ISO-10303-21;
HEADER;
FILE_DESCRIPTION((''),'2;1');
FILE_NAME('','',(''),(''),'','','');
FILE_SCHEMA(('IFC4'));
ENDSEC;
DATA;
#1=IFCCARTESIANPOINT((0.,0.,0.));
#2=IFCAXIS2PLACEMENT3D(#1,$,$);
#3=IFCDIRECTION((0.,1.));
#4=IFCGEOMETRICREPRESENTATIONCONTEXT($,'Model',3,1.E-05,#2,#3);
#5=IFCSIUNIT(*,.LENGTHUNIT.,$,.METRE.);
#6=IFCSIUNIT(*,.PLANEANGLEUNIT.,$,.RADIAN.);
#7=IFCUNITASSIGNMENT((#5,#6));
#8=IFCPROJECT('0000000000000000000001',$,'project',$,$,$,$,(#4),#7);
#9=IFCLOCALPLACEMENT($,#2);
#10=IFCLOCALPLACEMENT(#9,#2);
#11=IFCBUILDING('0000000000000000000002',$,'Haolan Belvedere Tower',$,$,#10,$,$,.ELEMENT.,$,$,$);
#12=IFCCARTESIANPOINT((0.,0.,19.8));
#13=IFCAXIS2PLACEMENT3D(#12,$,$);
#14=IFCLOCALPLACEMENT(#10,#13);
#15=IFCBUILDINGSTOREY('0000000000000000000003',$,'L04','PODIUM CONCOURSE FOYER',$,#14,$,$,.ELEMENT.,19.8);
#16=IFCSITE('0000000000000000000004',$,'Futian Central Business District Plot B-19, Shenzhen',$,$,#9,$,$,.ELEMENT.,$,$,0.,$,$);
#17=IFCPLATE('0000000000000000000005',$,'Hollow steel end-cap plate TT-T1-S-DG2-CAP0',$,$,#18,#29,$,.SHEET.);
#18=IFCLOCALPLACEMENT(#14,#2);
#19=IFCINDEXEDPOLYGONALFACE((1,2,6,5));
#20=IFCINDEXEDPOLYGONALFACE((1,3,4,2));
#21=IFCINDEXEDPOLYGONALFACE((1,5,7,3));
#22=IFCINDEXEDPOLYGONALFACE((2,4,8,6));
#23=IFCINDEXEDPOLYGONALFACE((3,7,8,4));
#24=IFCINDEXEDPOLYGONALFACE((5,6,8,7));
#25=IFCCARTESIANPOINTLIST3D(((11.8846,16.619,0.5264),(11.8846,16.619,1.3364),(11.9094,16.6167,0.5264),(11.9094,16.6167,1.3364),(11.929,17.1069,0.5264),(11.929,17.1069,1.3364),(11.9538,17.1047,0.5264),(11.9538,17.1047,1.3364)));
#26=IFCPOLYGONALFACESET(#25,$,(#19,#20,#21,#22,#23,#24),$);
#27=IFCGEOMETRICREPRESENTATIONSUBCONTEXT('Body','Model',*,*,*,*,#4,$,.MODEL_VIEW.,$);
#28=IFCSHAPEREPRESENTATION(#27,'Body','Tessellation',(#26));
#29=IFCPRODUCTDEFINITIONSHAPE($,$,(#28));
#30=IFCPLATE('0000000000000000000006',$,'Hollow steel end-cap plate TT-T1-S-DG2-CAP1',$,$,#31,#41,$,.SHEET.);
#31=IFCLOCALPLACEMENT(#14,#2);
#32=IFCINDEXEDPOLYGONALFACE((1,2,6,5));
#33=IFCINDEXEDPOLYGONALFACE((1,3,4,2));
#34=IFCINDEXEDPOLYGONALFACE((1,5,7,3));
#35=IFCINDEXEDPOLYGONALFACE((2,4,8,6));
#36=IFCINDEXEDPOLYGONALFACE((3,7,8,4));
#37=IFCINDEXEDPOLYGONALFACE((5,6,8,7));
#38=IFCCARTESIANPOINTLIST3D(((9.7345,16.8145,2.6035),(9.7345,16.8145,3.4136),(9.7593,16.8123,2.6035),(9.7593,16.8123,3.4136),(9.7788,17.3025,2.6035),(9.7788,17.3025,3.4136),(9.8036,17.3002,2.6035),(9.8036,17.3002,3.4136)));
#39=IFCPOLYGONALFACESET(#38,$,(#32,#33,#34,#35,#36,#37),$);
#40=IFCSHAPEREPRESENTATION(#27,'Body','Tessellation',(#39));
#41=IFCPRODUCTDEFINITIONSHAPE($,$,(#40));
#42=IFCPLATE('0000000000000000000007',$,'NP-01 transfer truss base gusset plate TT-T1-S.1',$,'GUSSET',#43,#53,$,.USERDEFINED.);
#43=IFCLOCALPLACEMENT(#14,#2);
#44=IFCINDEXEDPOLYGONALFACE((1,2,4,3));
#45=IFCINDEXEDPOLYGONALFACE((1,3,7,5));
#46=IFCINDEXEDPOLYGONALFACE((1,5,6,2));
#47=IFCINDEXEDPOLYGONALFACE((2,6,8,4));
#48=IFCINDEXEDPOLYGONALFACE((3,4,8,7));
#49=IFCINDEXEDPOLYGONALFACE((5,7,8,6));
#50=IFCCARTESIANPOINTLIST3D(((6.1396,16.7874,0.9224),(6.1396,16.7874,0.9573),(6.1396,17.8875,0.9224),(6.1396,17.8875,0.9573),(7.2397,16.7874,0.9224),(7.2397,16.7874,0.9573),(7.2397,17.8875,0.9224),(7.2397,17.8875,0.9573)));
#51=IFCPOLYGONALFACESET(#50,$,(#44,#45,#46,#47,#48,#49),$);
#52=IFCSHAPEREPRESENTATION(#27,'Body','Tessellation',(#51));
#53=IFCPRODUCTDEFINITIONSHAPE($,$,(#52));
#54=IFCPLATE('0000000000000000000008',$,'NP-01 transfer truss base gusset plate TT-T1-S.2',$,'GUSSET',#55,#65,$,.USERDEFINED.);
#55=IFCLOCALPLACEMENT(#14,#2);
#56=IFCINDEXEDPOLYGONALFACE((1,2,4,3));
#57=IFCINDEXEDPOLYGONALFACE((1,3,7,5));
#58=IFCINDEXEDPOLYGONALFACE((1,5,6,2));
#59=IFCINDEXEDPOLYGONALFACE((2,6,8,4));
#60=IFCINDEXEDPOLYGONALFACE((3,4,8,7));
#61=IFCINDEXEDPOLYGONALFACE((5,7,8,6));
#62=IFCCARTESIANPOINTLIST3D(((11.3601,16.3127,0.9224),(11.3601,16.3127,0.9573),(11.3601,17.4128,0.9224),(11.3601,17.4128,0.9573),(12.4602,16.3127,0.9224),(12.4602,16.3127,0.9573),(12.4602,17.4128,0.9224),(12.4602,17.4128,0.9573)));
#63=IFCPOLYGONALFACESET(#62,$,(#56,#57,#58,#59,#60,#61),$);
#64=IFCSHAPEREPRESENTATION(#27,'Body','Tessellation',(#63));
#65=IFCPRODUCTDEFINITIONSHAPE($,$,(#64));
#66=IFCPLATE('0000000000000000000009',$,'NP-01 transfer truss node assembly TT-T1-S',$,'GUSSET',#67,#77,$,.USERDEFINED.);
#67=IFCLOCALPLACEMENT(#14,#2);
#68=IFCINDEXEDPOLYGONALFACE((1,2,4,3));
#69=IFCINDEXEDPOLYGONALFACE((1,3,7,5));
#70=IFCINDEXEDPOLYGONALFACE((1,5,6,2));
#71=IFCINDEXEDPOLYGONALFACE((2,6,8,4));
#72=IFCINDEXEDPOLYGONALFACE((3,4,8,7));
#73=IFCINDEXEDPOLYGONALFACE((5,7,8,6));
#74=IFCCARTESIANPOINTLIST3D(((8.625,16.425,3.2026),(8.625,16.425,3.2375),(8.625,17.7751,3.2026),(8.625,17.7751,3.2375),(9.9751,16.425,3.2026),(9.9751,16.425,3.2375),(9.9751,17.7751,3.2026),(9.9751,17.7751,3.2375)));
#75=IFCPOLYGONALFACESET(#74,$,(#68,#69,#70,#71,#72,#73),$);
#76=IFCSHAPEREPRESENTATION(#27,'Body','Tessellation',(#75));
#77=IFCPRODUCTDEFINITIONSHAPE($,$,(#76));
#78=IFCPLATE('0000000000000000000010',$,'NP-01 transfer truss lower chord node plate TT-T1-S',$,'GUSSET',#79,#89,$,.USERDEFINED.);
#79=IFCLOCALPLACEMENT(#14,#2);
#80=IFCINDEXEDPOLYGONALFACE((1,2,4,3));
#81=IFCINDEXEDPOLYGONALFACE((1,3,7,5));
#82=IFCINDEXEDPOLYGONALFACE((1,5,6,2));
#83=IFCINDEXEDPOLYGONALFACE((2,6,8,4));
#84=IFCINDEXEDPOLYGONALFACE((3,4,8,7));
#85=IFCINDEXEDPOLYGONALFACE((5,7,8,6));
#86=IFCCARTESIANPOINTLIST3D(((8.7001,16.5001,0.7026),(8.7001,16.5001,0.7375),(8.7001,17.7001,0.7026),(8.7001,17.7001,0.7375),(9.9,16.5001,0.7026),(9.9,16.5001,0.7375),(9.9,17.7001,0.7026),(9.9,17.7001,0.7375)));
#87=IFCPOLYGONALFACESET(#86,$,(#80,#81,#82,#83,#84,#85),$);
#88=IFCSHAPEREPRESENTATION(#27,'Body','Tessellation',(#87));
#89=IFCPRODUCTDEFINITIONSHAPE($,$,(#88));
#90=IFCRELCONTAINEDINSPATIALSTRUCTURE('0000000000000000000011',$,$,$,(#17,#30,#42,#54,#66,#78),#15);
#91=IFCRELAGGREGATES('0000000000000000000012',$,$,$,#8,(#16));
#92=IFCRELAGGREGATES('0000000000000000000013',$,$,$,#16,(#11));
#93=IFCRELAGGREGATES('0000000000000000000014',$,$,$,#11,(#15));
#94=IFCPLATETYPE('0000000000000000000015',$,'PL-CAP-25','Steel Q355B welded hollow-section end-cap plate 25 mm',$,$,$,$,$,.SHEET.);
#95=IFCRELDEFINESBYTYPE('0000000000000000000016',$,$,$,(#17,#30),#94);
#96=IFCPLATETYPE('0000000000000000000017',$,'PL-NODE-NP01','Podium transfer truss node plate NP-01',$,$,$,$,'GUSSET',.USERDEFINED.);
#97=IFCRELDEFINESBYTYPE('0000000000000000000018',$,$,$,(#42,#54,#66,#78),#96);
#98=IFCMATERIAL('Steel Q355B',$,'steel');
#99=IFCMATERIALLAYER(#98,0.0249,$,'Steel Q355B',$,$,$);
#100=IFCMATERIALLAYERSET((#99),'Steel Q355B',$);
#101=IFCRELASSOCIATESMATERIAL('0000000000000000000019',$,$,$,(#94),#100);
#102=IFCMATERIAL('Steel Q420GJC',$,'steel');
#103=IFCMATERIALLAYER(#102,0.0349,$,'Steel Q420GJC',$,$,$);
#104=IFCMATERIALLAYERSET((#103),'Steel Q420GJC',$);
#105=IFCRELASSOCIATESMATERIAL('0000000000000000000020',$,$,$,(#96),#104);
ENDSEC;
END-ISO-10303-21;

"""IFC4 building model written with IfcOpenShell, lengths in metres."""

from ifc_helpers import new_model, si_unit, direction, frame, origin, origin_2d, place, context, subcontext, project, spatial, rectangle, extrude, material, layer, layer_set, type_object, element, save


model = new_model("IFC4")

# Units and contexts
model_context = context("Model", 3, precision=1e-05, world=origin(), true_north=direction((0.0, 1.0)))
body_context = subcontext(model_context, "Body", "Model", "MODEL_VIEW")
ifc_project = project(units=[si_unit("LENGTHUNIT", "METRE"), si_unit("PLANEANGLEUNIT", "RADIAN")], contexts=[model_context])

# Site, building, storey
site_placement = place(None, origin())
site = spatial("IfcSite", under=ifc_project, at=site_placement, Name="Futian Central Business District Plot B-19, Shenzhen", CompositionType="ELEMENT", RefElevation=0.0)
building_placement = place(site_placement, origin())
building = spatial("IfcBuilding", under=site, at=building_placement, Name="Haolan Belvedere Tower", CompositionType="ELEMENT")
storey_placement = place(building_placement, frame((0.0, 0.0, 19.8)))
storey = spatial("IfcBuildingStorey", under=building, at=storey_placement, Name="L04", Description="PODIUM CONCOURSE FOYER", CompositionType="ELEMENT", Elevation=19.8)

# Shared definitions
ifc_material_1 = material(Name="Steel Q355B", Category="steel")

# Shared definitions
ifc_material_2 = material(Name="Steel Q420GJC", Category="steel")

# Plates
ifc_layer_1 = layer(ifc_material_1, 0.0249, Name="Steel Q355B")
ifc_layer_set_1 = layer_set([ifc_layer_1], Name="Steel Q355B")
plate_type_1 = type_object("IfcPlateType", Name="PL-CAP-25", Description="Steel Q355B welded hollow-section end-cap plate 25 mm", PredefinedType="SHEET", material=ifc_layer_set_1)
for number, where, z_axis, x_axis, name in (
    (1, (11.9192, 16.8618, 0.5264), (0.0, 0.0, 1.0), (0.090511, 0.995895, 0.0), "Hollow steel end-cap plate TT-T1-S-DG2-CAP0"),
    (2, (9.769, 17.0574, 2.6035), (0.0, 0.0, 1.0), (-0.090511, -0.995895, 0.0), "Hollow steel end-cap plate TT-T1-S-DG2-CAP1"),
):
    element("IfcPlate", number, at=place(storey_placement, frame(where, z_axis=z_axis, x_axis=x_axis)), inside=storey, type_object=plate_type_1, Name=name, PredefinedType="SHEET", context=body_context, shape_type="SweptSolid", body=[
        extrude(rectangle(XDim=0.49, YDim=0.0249, at=origin_2d()), origin(), (0.0, 0.0, 1.0), 0.8101),
    ])
ifc_layer_2 = layer(ifc_material_2, 0.0349, Name="Steel Q420GJC")
ifc_layer_set_2 = layer_set([ifc_layer_2], Name="Steel Q420GJC")
plate_type_2 = type_object("IfcPlateType", Name="PL-NODE-NP01", Description="Podium transfer truss node plate NP-01", ElementType="GUSSET", PredefinedType="USERDEFINED", material=ifc_layer_set_2)
for number, where, z_axis, x_axis, name in (
    (3, (6.6897, 17.3374, 0.9224), (0.0, 0.0, 1.0), (1.0, 0.0, 0.0), "NP-01 transfer truss base gusset plate TT-T1-S.1"),
    (4, (11.9102, 16.8628, 0.9224), (0.0, 0.0, 1.0), (1.0, 0.0, 0.0), "NP-01 transfer truss base gusset plate TT-T1-S.2"),
):
    element("IfcPlate", number, at=place(storey_placement, frame(where, z_axis=z_axis, x_axis=x_axis)), inside=storey, type_object=plate_type_2, Name=name, ObjectType="GUSSET", PredefinedType="USERDEFINED", context=body_context, shape_type="SweptSolid", body=[
        extrude(rectangle(XDim=1.1001, YDim=1.1001, at=origin_2d()), origin(), (0.0, 0.0, 1.0), 0.0349),
    ])
plate_1_placement = place(storey_placement, frame((9.3, 17.1001, 3.2026), z_axis=(0.0, 0.0, 1.0), x_axis=(1.0, 0.0, 0.0)))
element("IfcPlate", 5, at=plate_1_placement, inside=storey, type_object=plate_type_2, Name="NP-01 transfer truss node assembly TT-T1-S", ObjectType="GUSSET", PredefinedType="USERDEFINED", context=body_context, shape_type="SweptSolid", body=[
    extrude(rectangle(XDim=1.3501, YDim=1.3501, at=origin_2d()), origin(), (0.0, 0.0, 1.0), 0.0349),
])
plate_2_placement = place(storey_placement, frame((9.3, 17.1001, 0.7026), z_axis=(0.0, 0.0, 1.0), x_axis=(1.0, 0.0, 0.0)))
element("IfcPlate", 6, at=plate_2_placement, inside=storey, type_object=plate_type_2, Name="NP-01 transfer truss lower chord node plate TT-T1-S", ObjectType="GUSSET", PredefinedType="USERDEFINED", context=body_context, shape_type="SweptSolid", body=[
    extrude(rectangle(XDim=1.2, YDim=1.2, at=origin_2d()), origin(), (0.0, 0.0, 1.0), 0.0349),
])

save(model, "model.ifc")
